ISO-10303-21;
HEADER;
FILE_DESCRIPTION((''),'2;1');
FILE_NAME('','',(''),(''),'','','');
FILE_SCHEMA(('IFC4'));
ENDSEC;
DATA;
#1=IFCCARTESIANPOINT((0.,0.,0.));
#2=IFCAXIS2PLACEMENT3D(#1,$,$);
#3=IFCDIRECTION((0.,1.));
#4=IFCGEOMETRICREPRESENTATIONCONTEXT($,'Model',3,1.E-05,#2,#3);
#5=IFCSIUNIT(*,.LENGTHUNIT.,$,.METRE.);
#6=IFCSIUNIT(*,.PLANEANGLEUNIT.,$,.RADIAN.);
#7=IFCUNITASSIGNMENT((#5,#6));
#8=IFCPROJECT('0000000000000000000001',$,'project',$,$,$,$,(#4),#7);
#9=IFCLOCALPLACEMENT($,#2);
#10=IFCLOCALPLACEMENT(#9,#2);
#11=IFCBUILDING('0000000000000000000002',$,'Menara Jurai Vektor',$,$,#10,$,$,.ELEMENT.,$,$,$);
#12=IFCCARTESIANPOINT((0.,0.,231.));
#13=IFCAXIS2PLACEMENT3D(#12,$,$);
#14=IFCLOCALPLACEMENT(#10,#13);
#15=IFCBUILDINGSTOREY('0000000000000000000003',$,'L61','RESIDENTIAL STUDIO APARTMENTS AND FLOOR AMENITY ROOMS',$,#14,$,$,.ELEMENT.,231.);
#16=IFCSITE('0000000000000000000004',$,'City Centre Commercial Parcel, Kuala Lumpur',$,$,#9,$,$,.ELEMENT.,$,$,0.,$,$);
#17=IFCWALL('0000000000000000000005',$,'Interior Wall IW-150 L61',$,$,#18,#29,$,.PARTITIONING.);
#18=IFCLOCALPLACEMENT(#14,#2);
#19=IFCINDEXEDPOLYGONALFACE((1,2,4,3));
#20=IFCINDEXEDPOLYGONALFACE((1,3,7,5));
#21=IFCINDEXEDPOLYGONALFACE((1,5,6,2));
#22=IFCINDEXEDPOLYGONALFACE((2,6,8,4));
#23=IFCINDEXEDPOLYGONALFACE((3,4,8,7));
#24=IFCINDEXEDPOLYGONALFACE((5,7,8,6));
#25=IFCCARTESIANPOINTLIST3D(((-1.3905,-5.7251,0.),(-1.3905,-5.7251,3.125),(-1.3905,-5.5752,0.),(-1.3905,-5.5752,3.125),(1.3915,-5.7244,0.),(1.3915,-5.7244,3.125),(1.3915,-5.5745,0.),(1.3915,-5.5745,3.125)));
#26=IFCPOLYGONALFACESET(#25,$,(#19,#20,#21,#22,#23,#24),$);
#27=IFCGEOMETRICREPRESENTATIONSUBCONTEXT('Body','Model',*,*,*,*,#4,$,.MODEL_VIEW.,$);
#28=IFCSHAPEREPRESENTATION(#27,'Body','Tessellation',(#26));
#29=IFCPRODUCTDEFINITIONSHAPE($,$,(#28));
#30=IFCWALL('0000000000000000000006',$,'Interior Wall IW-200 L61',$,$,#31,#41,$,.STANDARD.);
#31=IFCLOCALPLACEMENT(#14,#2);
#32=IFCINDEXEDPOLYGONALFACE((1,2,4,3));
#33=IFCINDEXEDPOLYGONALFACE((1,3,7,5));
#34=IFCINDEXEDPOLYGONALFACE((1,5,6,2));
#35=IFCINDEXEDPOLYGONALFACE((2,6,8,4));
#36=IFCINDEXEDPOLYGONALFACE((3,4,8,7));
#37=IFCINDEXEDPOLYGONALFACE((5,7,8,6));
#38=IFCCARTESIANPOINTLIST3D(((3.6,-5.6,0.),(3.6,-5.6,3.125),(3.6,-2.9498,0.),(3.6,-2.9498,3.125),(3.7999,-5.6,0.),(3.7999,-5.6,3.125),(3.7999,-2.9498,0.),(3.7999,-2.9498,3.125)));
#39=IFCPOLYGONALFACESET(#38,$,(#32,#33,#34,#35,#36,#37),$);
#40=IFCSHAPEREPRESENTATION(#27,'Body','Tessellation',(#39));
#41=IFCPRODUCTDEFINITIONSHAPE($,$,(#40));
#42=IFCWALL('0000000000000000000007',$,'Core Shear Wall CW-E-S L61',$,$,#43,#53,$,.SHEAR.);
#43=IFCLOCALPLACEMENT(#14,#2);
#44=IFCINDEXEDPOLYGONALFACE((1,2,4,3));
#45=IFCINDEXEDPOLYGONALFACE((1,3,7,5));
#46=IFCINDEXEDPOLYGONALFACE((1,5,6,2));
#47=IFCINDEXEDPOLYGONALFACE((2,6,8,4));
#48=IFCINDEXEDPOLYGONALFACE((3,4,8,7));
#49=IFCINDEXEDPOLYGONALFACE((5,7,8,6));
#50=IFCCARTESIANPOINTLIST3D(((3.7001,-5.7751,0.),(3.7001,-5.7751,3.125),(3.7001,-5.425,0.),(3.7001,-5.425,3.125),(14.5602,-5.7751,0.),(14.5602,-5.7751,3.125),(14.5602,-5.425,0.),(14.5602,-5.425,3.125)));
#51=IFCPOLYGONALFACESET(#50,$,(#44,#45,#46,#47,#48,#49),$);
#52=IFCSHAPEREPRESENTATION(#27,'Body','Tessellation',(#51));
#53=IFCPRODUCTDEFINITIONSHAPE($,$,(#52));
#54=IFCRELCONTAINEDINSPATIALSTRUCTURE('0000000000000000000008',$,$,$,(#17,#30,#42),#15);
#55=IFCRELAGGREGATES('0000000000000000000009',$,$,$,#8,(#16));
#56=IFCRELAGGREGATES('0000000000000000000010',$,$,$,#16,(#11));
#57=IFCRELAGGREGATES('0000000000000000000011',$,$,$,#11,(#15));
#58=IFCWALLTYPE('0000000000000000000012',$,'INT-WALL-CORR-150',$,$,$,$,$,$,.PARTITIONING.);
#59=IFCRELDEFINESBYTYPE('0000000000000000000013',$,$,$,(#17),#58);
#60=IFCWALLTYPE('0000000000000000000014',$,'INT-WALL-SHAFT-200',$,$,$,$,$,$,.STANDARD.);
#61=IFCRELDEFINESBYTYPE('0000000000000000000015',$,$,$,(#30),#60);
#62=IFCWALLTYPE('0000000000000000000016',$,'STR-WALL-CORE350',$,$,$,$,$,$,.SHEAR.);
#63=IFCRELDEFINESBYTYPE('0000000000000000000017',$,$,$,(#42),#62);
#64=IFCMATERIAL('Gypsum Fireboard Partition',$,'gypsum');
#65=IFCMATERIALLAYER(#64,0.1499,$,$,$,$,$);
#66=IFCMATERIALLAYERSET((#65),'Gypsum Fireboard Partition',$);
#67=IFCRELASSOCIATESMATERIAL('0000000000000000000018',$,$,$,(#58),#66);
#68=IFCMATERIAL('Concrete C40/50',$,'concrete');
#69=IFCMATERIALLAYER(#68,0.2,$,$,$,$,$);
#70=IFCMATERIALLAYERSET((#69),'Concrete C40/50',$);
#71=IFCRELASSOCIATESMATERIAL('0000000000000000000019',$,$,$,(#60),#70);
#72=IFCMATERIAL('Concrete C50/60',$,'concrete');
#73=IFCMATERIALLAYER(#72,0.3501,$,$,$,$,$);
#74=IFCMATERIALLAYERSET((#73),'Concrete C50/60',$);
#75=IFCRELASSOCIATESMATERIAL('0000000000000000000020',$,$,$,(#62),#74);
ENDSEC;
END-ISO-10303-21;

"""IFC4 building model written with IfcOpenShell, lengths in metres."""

from ifc_helpers import new_model, si_unit, direction, frame, frame_2d, origin, place, context, subcontext, project, spatial, rectangle, extrude, material, layer, layer_set, type_object, element, save


model = new_model("IFC4")

# Units and contexts
model_context = context("Model", 3, precision=1e-05, world=origin(), true_north=direction((0.0, 1.0)))
body_context = subcontext(model_context, "Body", "Model", "MODEL_VIEW")
ifc_project = project(units=[si_unit("LENGTHUNIT", "METRE"), si_unit("PLANEANGLEUNIT", "RADIAN")], contexts=[model_context])

# Site, building, storey
site_placement = place(None, origin())
site = spatial("IfcSite", under=ifc_project, at=site_placement, Name="City Centre Commercial Parcel, Kuala Lumpur", CompositionType="ELEMENT", RefElevation=0.0)
building_placement = place(site_placement, origin())
building = spatial("IfcBuilding", under=site, at=building_placement, Name="Menara Jurai Vektor", CompositionType="ELEMENT")
storey_placement = place(building_placement, frame((0.0, 0.0, 231.0)))
storey = spatial("IfcBuildingStorey", under=building, at=storey_placement, Name="L61", Description="RESIDENTIAL STUDIO APARTMENTS AND FLOOR AMENITY ROOMS", CompositionType="ELEMENT", Elevation=231.0)

# Shared definitions
ifc_material_1 = material(Name="Concrete C50/60", Category="concrete")

# Shared definitions
ifc_material_2 = material(Name="Gypsum Fireboard Partition", Category="gypsum")
ifc_layer_1 = layer(ifc_material_2, 0.1499)
ifc_layer_set_1 = layer_set([ifc_layer_1], Name="Gypsum Fireboard Partition")
wall_type_1 = type_object("IfcWallType", Name="INT-WALL-CORR-150", PredefinedType="PARTITIONING", material=ifc_layer_set_1)

# Walls
wall_1_placement = place(storey_placement, frame((-1.3906, -5.6501, 0.0), z_axis=(0.0, 0.0, 1.0), x_axis=(1.0, 0.000263, 0.0)))
element("IfcWall", 1, at=wall_1_placement, inside=storey, type_object=wall_type_1, Name="Interior Wall IW-150 L61", PredefinedType="PARTITIONING", context=body_context, shape_type="SweptSolid", body=[
    extrude(rectangle(XDim=2.782, YDim=0.1499, at=frame_2d((1.3911, 0.0))), origin(), (0.0, 0.0, 1.0), 3.125),
])
ifc_material_3 = material(Name="Concrete C40/50", Category="concrete")
ifc_layer_2 = layer(ifc_material_3, 0.2)
ifc_layer_set_2 = layer_set([ifc_layer_2], Name="Concrete C40/50")
wall_type_2 = type_object("IfcWallType", Name="INT-WALL-SHAFT-200", PredefinedType="STANDARD", material=ifc_layer_set_2)
wall_2_placement = place(storey_placement, frame((3.7, -5.6001, 0.0), z_axis=(0.0, 0.0, 1.0), x_axis=(0.0, 1.0, 0.0)))
element("IfcWall", 2, at=wall_2_placement, inside=storey, type_object=wall_type_2, Name="Interior Wall IW-200 L61", PredefinedType="STANDARD", context=body_context, shape_type="SweptSolid", body=[
    extrude(rectangle(XDim=2.6501, YDim=0.2, at=frame_2d((1.3252, 0.0))), origin(), (0.0, 0.0, 1.0), 3.125),
])
ifc_layer_3 = layer(ifc_material_1, 0.3501)
ifc_layer_set_3 = layer_set([ifc_layer_3], Name="Concrete C50/60")
wall_type_3 = type_object("IfcWallType", Name="STR-WALL-CORE350", PredefinedType="SHEAR", material=ifc_layer_set_3)
wall_3_placement = place(storey_placement, frame((3.7, -5.6001, 0.0), z_axis=(0.0, 0.0, 1.0), x_axis=(1.0, 0.0, 0.0)))
element("IfcWall", 3, at=wall_3_placement, inside=storey, type_object=wall_type_3, Name="Core Shear Wall CW-E-S L61", PredefinedType="SHEAR", context=body_context, shape_type="SweptSolid", body=[
    extrude(rectangle(XDim=10.8601, YDim=0.3501, at=frame_2d((5.4302, 0.0))), origin(), (0.0, 0.0, 1.0), 3.125),
])

save(model, "model.ifc")
